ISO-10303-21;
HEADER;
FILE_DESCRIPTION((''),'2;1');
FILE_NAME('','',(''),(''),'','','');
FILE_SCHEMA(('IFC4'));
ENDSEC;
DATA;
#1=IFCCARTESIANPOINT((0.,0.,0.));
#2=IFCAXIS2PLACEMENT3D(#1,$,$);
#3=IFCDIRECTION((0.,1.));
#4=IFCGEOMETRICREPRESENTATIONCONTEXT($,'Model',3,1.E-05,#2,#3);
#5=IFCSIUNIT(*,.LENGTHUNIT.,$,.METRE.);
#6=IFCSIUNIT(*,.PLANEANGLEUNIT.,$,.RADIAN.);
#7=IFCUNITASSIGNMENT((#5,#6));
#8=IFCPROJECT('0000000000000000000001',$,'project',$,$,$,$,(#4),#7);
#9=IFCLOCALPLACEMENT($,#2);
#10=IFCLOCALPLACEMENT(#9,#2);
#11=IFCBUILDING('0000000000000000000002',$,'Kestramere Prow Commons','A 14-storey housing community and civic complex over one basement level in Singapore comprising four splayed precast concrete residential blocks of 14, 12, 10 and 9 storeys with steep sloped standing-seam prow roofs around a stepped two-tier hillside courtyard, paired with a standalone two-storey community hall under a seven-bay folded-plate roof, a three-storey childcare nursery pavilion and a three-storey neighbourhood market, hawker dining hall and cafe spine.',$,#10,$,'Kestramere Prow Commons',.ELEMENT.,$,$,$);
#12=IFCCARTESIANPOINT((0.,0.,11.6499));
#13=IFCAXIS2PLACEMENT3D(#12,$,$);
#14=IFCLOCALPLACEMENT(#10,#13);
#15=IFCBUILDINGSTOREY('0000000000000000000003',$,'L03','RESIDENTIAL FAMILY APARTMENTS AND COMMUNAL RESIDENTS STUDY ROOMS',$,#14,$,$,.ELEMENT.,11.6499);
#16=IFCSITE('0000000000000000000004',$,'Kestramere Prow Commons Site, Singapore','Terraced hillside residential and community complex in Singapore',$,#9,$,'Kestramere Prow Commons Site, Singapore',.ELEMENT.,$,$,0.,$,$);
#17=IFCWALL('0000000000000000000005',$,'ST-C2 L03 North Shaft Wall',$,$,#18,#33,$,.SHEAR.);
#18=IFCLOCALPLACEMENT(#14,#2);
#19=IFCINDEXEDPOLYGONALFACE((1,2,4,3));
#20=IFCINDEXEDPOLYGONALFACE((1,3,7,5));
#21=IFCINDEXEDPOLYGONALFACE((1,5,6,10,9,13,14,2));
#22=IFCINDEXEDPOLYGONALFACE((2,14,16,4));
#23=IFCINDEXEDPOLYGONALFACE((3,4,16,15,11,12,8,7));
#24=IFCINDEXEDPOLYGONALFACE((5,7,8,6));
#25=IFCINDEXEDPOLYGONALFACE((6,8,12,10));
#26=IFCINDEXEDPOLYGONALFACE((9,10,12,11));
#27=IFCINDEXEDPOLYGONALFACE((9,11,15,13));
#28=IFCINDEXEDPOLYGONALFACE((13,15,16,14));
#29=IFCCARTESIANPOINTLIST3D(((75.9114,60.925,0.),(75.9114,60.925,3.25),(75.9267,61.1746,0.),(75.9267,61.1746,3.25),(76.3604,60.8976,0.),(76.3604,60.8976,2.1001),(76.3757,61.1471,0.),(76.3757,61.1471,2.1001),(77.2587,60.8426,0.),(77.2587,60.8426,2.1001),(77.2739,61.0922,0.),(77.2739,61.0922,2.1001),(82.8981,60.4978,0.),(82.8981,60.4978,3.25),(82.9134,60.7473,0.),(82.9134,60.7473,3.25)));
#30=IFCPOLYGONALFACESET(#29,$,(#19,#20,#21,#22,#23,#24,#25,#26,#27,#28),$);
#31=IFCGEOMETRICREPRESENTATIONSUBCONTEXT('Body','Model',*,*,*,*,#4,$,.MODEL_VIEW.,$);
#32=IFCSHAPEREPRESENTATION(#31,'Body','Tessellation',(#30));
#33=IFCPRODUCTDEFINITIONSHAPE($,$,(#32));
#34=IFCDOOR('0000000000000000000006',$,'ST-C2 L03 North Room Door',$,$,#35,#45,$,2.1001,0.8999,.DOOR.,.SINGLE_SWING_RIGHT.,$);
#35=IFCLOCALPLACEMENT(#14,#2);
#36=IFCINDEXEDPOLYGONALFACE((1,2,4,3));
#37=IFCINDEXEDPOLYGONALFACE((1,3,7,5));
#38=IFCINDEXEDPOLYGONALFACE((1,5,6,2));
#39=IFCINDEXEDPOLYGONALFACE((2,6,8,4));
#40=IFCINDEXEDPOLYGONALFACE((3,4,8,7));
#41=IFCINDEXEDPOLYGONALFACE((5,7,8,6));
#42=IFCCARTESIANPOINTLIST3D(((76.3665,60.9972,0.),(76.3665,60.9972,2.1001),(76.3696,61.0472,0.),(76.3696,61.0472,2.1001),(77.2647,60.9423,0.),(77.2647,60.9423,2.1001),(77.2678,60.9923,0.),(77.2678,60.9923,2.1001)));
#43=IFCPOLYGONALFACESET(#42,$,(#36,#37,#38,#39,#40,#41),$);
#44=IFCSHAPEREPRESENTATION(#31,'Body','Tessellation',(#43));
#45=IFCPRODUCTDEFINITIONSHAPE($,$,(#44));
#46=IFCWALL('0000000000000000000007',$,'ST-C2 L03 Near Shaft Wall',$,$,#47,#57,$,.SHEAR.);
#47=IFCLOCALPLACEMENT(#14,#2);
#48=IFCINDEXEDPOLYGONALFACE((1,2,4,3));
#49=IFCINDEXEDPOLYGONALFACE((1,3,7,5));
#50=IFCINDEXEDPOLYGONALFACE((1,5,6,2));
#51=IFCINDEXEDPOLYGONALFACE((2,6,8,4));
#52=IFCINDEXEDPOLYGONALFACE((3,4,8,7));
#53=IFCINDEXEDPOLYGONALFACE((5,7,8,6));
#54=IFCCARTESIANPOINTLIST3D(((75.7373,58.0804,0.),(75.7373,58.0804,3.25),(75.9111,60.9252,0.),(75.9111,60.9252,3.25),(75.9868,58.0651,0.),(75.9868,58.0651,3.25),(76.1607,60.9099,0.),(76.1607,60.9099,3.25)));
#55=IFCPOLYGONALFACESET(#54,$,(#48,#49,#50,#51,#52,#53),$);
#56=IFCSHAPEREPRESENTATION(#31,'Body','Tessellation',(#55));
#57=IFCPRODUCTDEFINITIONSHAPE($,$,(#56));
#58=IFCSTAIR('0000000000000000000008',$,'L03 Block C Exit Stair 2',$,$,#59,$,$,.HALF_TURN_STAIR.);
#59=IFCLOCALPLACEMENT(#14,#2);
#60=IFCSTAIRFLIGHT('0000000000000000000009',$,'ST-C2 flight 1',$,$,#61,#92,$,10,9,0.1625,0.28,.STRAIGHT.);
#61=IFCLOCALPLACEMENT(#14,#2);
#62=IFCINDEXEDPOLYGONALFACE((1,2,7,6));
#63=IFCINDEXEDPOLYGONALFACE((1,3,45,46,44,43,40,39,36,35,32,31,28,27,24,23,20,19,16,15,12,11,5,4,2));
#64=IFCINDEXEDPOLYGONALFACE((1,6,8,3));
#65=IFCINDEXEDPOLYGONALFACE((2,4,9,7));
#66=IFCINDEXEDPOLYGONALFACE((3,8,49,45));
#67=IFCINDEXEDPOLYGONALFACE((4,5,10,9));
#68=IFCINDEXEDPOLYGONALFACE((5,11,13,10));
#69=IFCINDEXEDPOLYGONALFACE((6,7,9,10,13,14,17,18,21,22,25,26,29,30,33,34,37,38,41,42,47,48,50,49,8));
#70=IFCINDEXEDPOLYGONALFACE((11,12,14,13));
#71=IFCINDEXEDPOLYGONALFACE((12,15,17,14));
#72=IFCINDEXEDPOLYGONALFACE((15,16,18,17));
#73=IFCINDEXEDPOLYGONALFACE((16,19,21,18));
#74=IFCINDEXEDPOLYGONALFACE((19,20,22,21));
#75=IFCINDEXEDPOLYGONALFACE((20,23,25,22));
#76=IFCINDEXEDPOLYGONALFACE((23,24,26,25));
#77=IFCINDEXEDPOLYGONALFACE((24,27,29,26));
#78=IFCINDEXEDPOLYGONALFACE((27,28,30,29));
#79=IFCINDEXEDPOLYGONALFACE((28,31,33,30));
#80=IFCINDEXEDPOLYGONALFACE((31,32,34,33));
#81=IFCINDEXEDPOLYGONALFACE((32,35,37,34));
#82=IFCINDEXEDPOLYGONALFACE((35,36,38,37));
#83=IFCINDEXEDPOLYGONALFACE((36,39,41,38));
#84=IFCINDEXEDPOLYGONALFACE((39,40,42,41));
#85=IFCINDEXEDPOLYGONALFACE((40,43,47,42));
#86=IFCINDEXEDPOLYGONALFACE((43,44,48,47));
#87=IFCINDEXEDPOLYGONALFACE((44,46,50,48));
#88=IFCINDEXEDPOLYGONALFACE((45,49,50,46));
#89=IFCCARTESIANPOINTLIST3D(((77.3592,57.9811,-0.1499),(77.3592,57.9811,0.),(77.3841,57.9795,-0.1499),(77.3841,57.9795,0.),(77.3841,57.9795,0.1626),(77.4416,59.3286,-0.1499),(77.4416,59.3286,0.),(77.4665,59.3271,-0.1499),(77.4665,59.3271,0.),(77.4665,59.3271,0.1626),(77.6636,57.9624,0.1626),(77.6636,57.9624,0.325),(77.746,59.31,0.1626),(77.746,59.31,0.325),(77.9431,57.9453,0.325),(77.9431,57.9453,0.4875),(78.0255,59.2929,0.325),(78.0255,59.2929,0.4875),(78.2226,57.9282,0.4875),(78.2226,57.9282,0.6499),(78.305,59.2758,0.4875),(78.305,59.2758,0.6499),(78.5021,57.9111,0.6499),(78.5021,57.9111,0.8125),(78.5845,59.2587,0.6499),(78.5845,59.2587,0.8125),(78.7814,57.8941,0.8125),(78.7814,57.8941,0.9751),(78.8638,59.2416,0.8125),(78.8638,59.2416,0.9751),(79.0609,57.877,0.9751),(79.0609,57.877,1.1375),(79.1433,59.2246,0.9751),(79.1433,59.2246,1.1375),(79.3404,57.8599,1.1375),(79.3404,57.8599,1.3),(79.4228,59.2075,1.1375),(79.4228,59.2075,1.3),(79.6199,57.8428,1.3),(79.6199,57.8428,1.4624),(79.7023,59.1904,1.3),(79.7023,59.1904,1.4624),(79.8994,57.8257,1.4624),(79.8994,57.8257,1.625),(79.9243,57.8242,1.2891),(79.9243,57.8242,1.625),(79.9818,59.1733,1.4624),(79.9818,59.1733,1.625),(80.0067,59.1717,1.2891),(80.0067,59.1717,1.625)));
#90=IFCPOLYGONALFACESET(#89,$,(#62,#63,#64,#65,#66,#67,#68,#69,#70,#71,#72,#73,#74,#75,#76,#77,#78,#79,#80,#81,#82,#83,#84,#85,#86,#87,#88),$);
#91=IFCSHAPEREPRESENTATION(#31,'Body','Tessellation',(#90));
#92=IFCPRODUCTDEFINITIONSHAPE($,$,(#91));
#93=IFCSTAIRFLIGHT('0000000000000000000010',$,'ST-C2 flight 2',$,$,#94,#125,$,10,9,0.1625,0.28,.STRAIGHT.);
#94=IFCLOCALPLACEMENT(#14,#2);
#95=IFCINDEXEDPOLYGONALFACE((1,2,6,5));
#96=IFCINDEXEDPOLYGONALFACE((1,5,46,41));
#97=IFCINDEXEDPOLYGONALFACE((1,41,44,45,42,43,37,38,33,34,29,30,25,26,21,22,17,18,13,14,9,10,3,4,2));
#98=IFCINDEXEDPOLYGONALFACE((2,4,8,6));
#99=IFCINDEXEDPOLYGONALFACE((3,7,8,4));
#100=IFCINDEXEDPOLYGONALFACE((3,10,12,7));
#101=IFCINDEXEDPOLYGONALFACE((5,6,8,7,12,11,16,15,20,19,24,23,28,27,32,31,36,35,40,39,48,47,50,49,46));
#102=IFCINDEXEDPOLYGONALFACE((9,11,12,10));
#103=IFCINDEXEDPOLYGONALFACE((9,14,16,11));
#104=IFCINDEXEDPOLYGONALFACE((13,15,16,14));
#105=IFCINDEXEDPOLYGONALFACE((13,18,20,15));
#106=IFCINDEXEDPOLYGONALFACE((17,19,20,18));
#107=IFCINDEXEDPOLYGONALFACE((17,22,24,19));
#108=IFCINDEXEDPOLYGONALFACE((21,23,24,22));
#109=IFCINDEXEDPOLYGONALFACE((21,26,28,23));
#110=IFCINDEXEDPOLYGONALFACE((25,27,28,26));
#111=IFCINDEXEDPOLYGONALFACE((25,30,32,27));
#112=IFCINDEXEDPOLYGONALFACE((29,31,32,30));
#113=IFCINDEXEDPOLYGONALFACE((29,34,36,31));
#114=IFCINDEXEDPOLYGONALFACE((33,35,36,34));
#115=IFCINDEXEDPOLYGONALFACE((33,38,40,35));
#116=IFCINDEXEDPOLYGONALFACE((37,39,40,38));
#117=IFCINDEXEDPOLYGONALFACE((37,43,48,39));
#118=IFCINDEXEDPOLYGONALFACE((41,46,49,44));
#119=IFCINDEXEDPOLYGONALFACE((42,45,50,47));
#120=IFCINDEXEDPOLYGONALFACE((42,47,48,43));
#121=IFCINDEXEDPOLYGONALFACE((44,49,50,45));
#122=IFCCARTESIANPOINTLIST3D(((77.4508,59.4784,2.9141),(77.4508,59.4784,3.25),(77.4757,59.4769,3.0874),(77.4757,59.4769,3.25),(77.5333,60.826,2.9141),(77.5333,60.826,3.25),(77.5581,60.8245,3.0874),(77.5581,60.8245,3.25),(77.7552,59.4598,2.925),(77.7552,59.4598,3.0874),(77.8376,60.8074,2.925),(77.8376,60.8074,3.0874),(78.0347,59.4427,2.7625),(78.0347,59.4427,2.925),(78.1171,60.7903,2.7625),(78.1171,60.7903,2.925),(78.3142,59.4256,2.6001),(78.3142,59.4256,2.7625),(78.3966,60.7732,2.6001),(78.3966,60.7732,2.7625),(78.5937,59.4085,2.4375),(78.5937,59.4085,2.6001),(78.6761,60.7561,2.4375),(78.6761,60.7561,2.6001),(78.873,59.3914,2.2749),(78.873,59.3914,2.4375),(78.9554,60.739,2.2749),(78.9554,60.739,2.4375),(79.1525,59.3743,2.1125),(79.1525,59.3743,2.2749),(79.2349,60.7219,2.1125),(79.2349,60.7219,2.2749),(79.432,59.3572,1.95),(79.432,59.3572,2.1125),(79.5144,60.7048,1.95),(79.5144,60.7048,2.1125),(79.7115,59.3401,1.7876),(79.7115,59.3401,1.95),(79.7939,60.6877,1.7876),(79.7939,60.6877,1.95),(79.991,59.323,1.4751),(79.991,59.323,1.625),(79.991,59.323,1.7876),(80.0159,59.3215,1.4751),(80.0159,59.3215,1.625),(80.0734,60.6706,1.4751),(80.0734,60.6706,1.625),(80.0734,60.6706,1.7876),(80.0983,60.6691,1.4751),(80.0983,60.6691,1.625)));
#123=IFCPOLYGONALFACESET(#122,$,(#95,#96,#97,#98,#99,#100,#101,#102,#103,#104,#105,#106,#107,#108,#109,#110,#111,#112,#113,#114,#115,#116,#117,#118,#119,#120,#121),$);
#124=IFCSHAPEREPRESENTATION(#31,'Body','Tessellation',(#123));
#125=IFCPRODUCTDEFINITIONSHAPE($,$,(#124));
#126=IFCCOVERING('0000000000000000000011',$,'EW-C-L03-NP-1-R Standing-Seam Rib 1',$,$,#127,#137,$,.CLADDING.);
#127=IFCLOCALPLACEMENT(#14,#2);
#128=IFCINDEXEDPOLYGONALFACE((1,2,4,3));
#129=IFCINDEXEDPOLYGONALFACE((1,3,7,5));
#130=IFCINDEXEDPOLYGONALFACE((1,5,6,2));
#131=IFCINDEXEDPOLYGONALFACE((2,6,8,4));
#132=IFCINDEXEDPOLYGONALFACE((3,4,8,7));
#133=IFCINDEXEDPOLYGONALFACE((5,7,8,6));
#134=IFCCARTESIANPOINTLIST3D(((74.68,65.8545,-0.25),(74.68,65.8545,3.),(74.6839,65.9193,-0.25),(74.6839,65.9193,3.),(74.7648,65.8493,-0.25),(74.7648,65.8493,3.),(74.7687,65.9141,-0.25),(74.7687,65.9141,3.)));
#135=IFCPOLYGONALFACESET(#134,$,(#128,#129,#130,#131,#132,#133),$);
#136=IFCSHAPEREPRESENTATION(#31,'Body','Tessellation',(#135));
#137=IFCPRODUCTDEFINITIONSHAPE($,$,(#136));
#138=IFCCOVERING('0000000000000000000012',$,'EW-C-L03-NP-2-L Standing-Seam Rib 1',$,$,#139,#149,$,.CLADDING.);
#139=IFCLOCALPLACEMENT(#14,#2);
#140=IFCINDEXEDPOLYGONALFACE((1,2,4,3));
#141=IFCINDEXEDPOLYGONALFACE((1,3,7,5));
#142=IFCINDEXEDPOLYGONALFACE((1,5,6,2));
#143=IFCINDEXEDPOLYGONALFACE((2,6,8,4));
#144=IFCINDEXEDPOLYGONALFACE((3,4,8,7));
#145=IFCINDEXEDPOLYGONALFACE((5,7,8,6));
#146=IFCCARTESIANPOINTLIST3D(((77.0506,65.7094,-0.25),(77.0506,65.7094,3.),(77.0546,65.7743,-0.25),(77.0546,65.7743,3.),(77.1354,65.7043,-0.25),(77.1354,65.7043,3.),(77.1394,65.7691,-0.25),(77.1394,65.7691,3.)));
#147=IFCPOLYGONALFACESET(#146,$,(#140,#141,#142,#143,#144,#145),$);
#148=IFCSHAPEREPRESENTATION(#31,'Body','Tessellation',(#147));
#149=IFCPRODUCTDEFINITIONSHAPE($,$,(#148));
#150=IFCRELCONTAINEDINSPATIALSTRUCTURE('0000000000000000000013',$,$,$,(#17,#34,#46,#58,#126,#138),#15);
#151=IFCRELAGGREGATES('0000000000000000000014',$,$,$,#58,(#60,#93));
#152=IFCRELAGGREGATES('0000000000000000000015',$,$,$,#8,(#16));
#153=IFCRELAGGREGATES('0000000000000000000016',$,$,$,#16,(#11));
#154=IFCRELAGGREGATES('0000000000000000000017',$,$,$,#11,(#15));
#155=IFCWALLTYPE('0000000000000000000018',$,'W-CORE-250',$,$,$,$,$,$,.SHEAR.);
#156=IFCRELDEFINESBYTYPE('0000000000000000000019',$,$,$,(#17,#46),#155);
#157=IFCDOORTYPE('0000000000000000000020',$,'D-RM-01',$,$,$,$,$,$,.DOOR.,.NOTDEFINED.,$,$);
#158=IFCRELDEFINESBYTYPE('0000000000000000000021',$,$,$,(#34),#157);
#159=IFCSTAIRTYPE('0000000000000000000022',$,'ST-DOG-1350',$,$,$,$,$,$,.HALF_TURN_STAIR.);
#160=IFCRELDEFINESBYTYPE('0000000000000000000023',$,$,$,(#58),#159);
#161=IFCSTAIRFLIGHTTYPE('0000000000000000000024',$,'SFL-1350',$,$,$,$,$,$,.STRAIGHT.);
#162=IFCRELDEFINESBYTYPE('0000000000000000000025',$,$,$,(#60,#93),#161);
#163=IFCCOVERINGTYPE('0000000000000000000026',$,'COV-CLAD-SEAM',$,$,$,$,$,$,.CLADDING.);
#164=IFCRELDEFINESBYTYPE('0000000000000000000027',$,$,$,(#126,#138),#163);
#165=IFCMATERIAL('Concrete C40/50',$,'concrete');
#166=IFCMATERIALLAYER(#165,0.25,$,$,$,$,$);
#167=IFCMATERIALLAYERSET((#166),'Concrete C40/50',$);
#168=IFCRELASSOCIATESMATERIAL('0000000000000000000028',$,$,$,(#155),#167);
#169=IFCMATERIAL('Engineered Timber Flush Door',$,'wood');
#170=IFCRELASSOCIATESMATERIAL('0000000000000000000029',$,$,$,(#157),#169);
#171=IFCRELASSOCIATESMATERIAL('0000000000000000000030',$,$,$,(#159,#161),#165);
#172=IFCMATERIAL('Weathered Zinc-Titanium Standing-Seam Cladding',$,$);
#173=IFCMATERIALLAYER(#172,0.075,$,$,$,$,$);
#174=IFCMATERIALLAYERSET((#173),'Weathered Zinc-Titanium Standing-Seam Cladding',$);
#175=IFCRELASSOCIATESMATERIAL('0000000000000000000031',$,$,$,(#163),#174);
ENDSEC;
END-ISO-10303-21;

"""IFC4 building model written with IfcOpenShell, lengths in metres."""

from ifc_helpers import new_model, si_unit, direction, frame, frame_2d, origin, origin_2d, place, context, subcontext, project, spatial, polyline, rectangle, outline, extrude, material, layer, layer_set, type_object, element, fill, aggregate, save


model = new_model("IFC4")

# Units and contexts
model_context = context("Model", 3, precision=1e-05, world=origin(), true_north=direction((0.0, 1.0)))
body_context = subcontext(model_context, "Body", "Model", "MODEL_VIEW")
ifc_project = project(units=[si_unit("LENGTHUNIT", "METRE"), si_unit("PLANEANGLEUNIT", "RADIAN")], contexts=[model_context])

# Site, building, storey
site_placement = place(None, origin())
site = spatial("IfcSite", under=ifc_project, at=site_placement, Name="Kestramere Prow Commons Site, Singapore", Description="Terraced hillside residential and community complex in Singapore", LongName="Kestramere Prow Commons Site, Singapore", CompositionType="ELEMENT", RefElevation=0.0)
building_placement = place(site_placement, origin())
building = spatial("IfcBuilding", under=site, at=building_placement, Name="Kestramere Prow Commons", Description="A 14-storey housing community and civic complex over one basement level in Singapore comprising four splayed precast concrete residential blocks of 14, 12, 10 and 9 storeys with steep sloped standing-seam prow roofs around a stepped two-tier hillside courtyard, paired with a standalone two-storey community hall under a seven-bay folded-plate roof, a three-storey childcare nursery pavilion and a three-storey neighbourhood market, hawker dining hall and cafe spine.", LongName="Kestramere Prow Commons", CompositionType="ELEMENT")
storey_placement = place(building_placement, frame((0.0, 0.0, 11.6499)))
storey = spatial("IfcBuildingStorey", under=building, at=storey_placement, Name="L03", Description="RESIDENTIAL FAMILY APARTMENTS AND COMMUNAL RESIDENTS STUDY ROOMS", CompositionType="ELEMENT", Elevation=11.6499)

# Shared definitions
ifc_material_1 = material(Name="Concrete C40/50", Category="concrete")

# Shared definitions
ifc_layer_1 = layer(ifc_material_1, 0.25)
ifc_layer_set_1 = layer_set([ifc_layer_1], Name="Concrete C40/50")
wall_type_1 = type_object("IfcWallType", Name="W-CORE-250", PredefinedType="SHEAR", material=ifc_layer_set_1)

# Wall, opening, door
wall_1_placement = place(storey_placement, frame((75.9189, 61.0498, 0.0), z_axis=(0.0, 0.0, 1.0), x_axis=(0.998136, -0.061036, 0.0)))
wall_1 = element("IfcWall", 1, at=wall_1_placement, inside=storey, type_object=wall_type_1, Name="ST-C2 L03 North Shaft Wall", PredefinedType="SHEAR", context=body_context, shape_type="SweptSolid", body=[
    extrude(rectangle(XDim=6.9998, YDim=0.25, at=frame_2d((3.5, 0.0))), origin(), (0.0, 0.0, 1.0), 3.25),
])
opening_1_placement = place(wall_1_placement, frame((0.45, 0.0, 0.0)))
opening_1 = element("IfcOpeningElement", 2, at=opening_1_placement, cuts=wall_1, PredefinedType="OPENING", context=body_context, shape_type="SweptSolid", body=[
    extrude(rectangle(XDim=0.8999, YDim=2.1001, at=frame_2d((0.45, 1.05))), frame((0.0, 0.1399, 0.0), z_axis=(0.0, -1.0, 0.0), x_axis=(1.0, 0.0, 0.0)), (0.0, 0.0, 1.0), 0.28),
])
ifc_material_2 = material(Name="Engineered Timber Flush Door", Category="wood")
door_type_1 = type_object("IfcDoorType", Name="D-RM-01", OperationType="NOTDEFINED", PredefinedType="DOOR", material=ifc_material_2)
door_1_placement = place(opening_1_placement, origin())
door_1 = element("IfcDoor", 3, at=door_1_placement, inside=storey, type_object=door_type_1, Name="ST-C2 L03 North Room Door", OperationType="SINGLE_SWING_RIGHT", OverallHeight=2.1001, OverallWidth=0.8999, PredefinedType="DOOR", context=body_context, shape_type="SweptSolid", body=[
    extrude(rectangle(XDim=0.8999, YDim=2.1001, at=frame_2d((0.45, 1.05))), frame((0.0, 0.0249, 0.0), z_axis=(0.0, -1.0, 0.0), x_axis=(1.0, 0.0, 0.0)), (0.0, 0.0, 1.0), 0.05),
])
fill(opening_1, door_1)

# Wall
wall_2_placement = place(storey_placement, frame((75.8621, 58.0728, 0.0), z_axis=(0.0, 0.0, 1.0), x_axis=(0.060992, 0.998138, 0.0)))
element("IfcWall", 4, at=wall_2_placement, inside=storey, type_object=wall_type_1, Name="ST-C2 L03 Near Shaft Wall", PredefinedType="SHEAR", context=body_context, shape_type="SweptSolid", body=[
    extrude(rectangle(XDim=2.8501, YDim=0.25, at=frame_2d((1.425, 0.0))), origin(), (0.0, 0.0, 1.0), 3.25),
])

# Stair, stair flights
stair_type = type_object("IfcStairType", Name="ST-DOG-1350", PredefinedType="HALF_TURN_STAIR", material=ifc_material_1)
stair_placement = place(storey_placement, origin())
stair = element("IfcStair", 5, at=stair_placement, inside=storey, type_object=stair_type, Name="L03 Block C Exit Stair 2", PredefinedType="HALF_TURN_STAIR")
stair_flight_type = type_object("IfcStairFlightType", Name="SFL-1350", PredefinedType="STRAIGHT", material=ifc_material_1)
stair_flight_1_placement = place(storey_placement, frame((77.4253, 58.6533, 0.0), z_axis=(0.0, 0.0, 1.0), x_axis=(0.998135, -0.061049, 0.0)))
stair_flight_1 = element("IfcStairFlight", 6, at=stair_flight_1_placement, type_object=stair_flight_type, Name="ST-C2 flight 1", NumberOfRisers=10, NumberOfTreads=9, PredefinedType="STRAIGHT", RiserHeight=0.1625, TreadLength=0.28, context=body_context, shape_type="SweptSolid", body=[
    extrude(outline(polyline([(-0.0249, 0.0), (0.0, 0.0), (0.0, 0.1626), (0.28, 0.1626), (0.28, 0.325), (0.5601, 0.325), (0.5601, 0.4875), (0.8401, 0.4875), (0.8401, 0.6499), (1.1201, 0.6499), (1.1201, 0.8125), (1.3999, 0.8125), (1.3999, 0.9751), (1.6799, 0.9751), (1.6799, 1.1375), (1.96, 1.1375), (1.96, 1.3), (2.24, 1.3), (2.24, 1.4624), (2.52, 1.4624), (2.52, 1.625), (2.5449, 1.625), (2.5449, 1.2891), (0.0, -0.1499), (-0.0249, -0.1499), (-0.0249, 0.0)])), frame((0.0, 0.675, 0.0), z_axis=(0.0, -1.0, 0.0), x_axis=(1.0, 0.0, 0.0)), (0.0, 0.0, 1.0), 1.3501),
])
stair_flight_2_placement = place(storey_placement, frame((80.0322, 59.9968, 1.625), z_axis=(0.0, 0.0, 1.0), x_axis=(-0.998135, 0.061049, 0.0)))
stair_flight_2 = element("IfcStairFlight", 7, at=stair_flight_2_placement, type_object=stair_flight_type, Name="ST-C2 flight 2", NumberOfRisers=10, NumberOfTreads=9, PredefinedType="STRAIGHT", RiserHeight=0.1625, TreadLength=0.28, context=body_context, shape_type="SweptSolid", body=[
    extrude(outline(polyline([(-0.0249, 0.0), (0.0, 0.0), (0.0, 0.1626), (0.28, 0.1626), (0.28, 0.325), (0.5601, 0.325), (0.5601, 0.4875), (0.8401, 0.4875), (0.8401, 0.6499), (1.1201, 0.6499), (1.1201, 0.8125), (1.3999, 0.8125), (1.3999, 0.9751), (1.6799, 0.9751), (1.6799, 1.1375), (1.96, 1.1375), (1.96, 1.3), (2.24, 1.3), (2.24, 1.4624), (2.52, 1.4624), (2.52, 1.625), (2.5449, 1.625), (2.5449, 1.2891), (0.0, -0.1499), (-0.0249, -0.1499), (-0.0249, 0.0)])), frame((0.0, 0.675, 0.0), z_axis=(0.0, -1.0, 0.0), x_axis=(1.0, 0.0, 0.0)), (0.0, 0.0, 1.0), 1.3501),
])
aggregate(stair, [stair_flight_1, stair_flight_2])

# Coverings
ifc_material_3 = material(Name="Weathered Zinc-Titanium Standing-Seam Cladding")
ifc_layer_2 = layer(ifc_material_3, 0.075)
ifc_layer_set_2 = layer_set([ifc_layer_2], Name="Weathered Zinc-Titanium Standing-Seam Cladding")
covering_type = type_object("IfcCoveringType", Name="COV-CLAD-SEAM", PredefinedType="CLADDING", material=ifc_layer_set_2)
for number, where, z_axis, x_axis, name in (
    (8, (74.7244, 65.8843, -0.25), (0.0, 0.0, 1.0), (0.998135, -0.061049, 0.0), "EW-C-L03-NP-1-R Standing-Seam Rib 1"),
    (9, (77.095, 65.7393, -0.25), (0.0, 0.0, 1.0), (0.998135, -0.061049, 0.0), "EW-C-L03-NP-2-L Standing-Seam Rib 1"),
):
    element("IfcCovering", number, at=place(storey_placement, frame(where, z_axis=z_axis, x_axis=x_axis)), inside=storey, type_object=covering_type, Name=name, PredefinedType="CLADDING", context=body_context, shape_type="SweptSolid", body=[
        extrude(rectangle(XDim=0.085, YDim=0.0649, at=origin_2d()), origin(), (0.0, 0.0, 1.0), 3.25),
    ])

save(model, "model.ifc")
